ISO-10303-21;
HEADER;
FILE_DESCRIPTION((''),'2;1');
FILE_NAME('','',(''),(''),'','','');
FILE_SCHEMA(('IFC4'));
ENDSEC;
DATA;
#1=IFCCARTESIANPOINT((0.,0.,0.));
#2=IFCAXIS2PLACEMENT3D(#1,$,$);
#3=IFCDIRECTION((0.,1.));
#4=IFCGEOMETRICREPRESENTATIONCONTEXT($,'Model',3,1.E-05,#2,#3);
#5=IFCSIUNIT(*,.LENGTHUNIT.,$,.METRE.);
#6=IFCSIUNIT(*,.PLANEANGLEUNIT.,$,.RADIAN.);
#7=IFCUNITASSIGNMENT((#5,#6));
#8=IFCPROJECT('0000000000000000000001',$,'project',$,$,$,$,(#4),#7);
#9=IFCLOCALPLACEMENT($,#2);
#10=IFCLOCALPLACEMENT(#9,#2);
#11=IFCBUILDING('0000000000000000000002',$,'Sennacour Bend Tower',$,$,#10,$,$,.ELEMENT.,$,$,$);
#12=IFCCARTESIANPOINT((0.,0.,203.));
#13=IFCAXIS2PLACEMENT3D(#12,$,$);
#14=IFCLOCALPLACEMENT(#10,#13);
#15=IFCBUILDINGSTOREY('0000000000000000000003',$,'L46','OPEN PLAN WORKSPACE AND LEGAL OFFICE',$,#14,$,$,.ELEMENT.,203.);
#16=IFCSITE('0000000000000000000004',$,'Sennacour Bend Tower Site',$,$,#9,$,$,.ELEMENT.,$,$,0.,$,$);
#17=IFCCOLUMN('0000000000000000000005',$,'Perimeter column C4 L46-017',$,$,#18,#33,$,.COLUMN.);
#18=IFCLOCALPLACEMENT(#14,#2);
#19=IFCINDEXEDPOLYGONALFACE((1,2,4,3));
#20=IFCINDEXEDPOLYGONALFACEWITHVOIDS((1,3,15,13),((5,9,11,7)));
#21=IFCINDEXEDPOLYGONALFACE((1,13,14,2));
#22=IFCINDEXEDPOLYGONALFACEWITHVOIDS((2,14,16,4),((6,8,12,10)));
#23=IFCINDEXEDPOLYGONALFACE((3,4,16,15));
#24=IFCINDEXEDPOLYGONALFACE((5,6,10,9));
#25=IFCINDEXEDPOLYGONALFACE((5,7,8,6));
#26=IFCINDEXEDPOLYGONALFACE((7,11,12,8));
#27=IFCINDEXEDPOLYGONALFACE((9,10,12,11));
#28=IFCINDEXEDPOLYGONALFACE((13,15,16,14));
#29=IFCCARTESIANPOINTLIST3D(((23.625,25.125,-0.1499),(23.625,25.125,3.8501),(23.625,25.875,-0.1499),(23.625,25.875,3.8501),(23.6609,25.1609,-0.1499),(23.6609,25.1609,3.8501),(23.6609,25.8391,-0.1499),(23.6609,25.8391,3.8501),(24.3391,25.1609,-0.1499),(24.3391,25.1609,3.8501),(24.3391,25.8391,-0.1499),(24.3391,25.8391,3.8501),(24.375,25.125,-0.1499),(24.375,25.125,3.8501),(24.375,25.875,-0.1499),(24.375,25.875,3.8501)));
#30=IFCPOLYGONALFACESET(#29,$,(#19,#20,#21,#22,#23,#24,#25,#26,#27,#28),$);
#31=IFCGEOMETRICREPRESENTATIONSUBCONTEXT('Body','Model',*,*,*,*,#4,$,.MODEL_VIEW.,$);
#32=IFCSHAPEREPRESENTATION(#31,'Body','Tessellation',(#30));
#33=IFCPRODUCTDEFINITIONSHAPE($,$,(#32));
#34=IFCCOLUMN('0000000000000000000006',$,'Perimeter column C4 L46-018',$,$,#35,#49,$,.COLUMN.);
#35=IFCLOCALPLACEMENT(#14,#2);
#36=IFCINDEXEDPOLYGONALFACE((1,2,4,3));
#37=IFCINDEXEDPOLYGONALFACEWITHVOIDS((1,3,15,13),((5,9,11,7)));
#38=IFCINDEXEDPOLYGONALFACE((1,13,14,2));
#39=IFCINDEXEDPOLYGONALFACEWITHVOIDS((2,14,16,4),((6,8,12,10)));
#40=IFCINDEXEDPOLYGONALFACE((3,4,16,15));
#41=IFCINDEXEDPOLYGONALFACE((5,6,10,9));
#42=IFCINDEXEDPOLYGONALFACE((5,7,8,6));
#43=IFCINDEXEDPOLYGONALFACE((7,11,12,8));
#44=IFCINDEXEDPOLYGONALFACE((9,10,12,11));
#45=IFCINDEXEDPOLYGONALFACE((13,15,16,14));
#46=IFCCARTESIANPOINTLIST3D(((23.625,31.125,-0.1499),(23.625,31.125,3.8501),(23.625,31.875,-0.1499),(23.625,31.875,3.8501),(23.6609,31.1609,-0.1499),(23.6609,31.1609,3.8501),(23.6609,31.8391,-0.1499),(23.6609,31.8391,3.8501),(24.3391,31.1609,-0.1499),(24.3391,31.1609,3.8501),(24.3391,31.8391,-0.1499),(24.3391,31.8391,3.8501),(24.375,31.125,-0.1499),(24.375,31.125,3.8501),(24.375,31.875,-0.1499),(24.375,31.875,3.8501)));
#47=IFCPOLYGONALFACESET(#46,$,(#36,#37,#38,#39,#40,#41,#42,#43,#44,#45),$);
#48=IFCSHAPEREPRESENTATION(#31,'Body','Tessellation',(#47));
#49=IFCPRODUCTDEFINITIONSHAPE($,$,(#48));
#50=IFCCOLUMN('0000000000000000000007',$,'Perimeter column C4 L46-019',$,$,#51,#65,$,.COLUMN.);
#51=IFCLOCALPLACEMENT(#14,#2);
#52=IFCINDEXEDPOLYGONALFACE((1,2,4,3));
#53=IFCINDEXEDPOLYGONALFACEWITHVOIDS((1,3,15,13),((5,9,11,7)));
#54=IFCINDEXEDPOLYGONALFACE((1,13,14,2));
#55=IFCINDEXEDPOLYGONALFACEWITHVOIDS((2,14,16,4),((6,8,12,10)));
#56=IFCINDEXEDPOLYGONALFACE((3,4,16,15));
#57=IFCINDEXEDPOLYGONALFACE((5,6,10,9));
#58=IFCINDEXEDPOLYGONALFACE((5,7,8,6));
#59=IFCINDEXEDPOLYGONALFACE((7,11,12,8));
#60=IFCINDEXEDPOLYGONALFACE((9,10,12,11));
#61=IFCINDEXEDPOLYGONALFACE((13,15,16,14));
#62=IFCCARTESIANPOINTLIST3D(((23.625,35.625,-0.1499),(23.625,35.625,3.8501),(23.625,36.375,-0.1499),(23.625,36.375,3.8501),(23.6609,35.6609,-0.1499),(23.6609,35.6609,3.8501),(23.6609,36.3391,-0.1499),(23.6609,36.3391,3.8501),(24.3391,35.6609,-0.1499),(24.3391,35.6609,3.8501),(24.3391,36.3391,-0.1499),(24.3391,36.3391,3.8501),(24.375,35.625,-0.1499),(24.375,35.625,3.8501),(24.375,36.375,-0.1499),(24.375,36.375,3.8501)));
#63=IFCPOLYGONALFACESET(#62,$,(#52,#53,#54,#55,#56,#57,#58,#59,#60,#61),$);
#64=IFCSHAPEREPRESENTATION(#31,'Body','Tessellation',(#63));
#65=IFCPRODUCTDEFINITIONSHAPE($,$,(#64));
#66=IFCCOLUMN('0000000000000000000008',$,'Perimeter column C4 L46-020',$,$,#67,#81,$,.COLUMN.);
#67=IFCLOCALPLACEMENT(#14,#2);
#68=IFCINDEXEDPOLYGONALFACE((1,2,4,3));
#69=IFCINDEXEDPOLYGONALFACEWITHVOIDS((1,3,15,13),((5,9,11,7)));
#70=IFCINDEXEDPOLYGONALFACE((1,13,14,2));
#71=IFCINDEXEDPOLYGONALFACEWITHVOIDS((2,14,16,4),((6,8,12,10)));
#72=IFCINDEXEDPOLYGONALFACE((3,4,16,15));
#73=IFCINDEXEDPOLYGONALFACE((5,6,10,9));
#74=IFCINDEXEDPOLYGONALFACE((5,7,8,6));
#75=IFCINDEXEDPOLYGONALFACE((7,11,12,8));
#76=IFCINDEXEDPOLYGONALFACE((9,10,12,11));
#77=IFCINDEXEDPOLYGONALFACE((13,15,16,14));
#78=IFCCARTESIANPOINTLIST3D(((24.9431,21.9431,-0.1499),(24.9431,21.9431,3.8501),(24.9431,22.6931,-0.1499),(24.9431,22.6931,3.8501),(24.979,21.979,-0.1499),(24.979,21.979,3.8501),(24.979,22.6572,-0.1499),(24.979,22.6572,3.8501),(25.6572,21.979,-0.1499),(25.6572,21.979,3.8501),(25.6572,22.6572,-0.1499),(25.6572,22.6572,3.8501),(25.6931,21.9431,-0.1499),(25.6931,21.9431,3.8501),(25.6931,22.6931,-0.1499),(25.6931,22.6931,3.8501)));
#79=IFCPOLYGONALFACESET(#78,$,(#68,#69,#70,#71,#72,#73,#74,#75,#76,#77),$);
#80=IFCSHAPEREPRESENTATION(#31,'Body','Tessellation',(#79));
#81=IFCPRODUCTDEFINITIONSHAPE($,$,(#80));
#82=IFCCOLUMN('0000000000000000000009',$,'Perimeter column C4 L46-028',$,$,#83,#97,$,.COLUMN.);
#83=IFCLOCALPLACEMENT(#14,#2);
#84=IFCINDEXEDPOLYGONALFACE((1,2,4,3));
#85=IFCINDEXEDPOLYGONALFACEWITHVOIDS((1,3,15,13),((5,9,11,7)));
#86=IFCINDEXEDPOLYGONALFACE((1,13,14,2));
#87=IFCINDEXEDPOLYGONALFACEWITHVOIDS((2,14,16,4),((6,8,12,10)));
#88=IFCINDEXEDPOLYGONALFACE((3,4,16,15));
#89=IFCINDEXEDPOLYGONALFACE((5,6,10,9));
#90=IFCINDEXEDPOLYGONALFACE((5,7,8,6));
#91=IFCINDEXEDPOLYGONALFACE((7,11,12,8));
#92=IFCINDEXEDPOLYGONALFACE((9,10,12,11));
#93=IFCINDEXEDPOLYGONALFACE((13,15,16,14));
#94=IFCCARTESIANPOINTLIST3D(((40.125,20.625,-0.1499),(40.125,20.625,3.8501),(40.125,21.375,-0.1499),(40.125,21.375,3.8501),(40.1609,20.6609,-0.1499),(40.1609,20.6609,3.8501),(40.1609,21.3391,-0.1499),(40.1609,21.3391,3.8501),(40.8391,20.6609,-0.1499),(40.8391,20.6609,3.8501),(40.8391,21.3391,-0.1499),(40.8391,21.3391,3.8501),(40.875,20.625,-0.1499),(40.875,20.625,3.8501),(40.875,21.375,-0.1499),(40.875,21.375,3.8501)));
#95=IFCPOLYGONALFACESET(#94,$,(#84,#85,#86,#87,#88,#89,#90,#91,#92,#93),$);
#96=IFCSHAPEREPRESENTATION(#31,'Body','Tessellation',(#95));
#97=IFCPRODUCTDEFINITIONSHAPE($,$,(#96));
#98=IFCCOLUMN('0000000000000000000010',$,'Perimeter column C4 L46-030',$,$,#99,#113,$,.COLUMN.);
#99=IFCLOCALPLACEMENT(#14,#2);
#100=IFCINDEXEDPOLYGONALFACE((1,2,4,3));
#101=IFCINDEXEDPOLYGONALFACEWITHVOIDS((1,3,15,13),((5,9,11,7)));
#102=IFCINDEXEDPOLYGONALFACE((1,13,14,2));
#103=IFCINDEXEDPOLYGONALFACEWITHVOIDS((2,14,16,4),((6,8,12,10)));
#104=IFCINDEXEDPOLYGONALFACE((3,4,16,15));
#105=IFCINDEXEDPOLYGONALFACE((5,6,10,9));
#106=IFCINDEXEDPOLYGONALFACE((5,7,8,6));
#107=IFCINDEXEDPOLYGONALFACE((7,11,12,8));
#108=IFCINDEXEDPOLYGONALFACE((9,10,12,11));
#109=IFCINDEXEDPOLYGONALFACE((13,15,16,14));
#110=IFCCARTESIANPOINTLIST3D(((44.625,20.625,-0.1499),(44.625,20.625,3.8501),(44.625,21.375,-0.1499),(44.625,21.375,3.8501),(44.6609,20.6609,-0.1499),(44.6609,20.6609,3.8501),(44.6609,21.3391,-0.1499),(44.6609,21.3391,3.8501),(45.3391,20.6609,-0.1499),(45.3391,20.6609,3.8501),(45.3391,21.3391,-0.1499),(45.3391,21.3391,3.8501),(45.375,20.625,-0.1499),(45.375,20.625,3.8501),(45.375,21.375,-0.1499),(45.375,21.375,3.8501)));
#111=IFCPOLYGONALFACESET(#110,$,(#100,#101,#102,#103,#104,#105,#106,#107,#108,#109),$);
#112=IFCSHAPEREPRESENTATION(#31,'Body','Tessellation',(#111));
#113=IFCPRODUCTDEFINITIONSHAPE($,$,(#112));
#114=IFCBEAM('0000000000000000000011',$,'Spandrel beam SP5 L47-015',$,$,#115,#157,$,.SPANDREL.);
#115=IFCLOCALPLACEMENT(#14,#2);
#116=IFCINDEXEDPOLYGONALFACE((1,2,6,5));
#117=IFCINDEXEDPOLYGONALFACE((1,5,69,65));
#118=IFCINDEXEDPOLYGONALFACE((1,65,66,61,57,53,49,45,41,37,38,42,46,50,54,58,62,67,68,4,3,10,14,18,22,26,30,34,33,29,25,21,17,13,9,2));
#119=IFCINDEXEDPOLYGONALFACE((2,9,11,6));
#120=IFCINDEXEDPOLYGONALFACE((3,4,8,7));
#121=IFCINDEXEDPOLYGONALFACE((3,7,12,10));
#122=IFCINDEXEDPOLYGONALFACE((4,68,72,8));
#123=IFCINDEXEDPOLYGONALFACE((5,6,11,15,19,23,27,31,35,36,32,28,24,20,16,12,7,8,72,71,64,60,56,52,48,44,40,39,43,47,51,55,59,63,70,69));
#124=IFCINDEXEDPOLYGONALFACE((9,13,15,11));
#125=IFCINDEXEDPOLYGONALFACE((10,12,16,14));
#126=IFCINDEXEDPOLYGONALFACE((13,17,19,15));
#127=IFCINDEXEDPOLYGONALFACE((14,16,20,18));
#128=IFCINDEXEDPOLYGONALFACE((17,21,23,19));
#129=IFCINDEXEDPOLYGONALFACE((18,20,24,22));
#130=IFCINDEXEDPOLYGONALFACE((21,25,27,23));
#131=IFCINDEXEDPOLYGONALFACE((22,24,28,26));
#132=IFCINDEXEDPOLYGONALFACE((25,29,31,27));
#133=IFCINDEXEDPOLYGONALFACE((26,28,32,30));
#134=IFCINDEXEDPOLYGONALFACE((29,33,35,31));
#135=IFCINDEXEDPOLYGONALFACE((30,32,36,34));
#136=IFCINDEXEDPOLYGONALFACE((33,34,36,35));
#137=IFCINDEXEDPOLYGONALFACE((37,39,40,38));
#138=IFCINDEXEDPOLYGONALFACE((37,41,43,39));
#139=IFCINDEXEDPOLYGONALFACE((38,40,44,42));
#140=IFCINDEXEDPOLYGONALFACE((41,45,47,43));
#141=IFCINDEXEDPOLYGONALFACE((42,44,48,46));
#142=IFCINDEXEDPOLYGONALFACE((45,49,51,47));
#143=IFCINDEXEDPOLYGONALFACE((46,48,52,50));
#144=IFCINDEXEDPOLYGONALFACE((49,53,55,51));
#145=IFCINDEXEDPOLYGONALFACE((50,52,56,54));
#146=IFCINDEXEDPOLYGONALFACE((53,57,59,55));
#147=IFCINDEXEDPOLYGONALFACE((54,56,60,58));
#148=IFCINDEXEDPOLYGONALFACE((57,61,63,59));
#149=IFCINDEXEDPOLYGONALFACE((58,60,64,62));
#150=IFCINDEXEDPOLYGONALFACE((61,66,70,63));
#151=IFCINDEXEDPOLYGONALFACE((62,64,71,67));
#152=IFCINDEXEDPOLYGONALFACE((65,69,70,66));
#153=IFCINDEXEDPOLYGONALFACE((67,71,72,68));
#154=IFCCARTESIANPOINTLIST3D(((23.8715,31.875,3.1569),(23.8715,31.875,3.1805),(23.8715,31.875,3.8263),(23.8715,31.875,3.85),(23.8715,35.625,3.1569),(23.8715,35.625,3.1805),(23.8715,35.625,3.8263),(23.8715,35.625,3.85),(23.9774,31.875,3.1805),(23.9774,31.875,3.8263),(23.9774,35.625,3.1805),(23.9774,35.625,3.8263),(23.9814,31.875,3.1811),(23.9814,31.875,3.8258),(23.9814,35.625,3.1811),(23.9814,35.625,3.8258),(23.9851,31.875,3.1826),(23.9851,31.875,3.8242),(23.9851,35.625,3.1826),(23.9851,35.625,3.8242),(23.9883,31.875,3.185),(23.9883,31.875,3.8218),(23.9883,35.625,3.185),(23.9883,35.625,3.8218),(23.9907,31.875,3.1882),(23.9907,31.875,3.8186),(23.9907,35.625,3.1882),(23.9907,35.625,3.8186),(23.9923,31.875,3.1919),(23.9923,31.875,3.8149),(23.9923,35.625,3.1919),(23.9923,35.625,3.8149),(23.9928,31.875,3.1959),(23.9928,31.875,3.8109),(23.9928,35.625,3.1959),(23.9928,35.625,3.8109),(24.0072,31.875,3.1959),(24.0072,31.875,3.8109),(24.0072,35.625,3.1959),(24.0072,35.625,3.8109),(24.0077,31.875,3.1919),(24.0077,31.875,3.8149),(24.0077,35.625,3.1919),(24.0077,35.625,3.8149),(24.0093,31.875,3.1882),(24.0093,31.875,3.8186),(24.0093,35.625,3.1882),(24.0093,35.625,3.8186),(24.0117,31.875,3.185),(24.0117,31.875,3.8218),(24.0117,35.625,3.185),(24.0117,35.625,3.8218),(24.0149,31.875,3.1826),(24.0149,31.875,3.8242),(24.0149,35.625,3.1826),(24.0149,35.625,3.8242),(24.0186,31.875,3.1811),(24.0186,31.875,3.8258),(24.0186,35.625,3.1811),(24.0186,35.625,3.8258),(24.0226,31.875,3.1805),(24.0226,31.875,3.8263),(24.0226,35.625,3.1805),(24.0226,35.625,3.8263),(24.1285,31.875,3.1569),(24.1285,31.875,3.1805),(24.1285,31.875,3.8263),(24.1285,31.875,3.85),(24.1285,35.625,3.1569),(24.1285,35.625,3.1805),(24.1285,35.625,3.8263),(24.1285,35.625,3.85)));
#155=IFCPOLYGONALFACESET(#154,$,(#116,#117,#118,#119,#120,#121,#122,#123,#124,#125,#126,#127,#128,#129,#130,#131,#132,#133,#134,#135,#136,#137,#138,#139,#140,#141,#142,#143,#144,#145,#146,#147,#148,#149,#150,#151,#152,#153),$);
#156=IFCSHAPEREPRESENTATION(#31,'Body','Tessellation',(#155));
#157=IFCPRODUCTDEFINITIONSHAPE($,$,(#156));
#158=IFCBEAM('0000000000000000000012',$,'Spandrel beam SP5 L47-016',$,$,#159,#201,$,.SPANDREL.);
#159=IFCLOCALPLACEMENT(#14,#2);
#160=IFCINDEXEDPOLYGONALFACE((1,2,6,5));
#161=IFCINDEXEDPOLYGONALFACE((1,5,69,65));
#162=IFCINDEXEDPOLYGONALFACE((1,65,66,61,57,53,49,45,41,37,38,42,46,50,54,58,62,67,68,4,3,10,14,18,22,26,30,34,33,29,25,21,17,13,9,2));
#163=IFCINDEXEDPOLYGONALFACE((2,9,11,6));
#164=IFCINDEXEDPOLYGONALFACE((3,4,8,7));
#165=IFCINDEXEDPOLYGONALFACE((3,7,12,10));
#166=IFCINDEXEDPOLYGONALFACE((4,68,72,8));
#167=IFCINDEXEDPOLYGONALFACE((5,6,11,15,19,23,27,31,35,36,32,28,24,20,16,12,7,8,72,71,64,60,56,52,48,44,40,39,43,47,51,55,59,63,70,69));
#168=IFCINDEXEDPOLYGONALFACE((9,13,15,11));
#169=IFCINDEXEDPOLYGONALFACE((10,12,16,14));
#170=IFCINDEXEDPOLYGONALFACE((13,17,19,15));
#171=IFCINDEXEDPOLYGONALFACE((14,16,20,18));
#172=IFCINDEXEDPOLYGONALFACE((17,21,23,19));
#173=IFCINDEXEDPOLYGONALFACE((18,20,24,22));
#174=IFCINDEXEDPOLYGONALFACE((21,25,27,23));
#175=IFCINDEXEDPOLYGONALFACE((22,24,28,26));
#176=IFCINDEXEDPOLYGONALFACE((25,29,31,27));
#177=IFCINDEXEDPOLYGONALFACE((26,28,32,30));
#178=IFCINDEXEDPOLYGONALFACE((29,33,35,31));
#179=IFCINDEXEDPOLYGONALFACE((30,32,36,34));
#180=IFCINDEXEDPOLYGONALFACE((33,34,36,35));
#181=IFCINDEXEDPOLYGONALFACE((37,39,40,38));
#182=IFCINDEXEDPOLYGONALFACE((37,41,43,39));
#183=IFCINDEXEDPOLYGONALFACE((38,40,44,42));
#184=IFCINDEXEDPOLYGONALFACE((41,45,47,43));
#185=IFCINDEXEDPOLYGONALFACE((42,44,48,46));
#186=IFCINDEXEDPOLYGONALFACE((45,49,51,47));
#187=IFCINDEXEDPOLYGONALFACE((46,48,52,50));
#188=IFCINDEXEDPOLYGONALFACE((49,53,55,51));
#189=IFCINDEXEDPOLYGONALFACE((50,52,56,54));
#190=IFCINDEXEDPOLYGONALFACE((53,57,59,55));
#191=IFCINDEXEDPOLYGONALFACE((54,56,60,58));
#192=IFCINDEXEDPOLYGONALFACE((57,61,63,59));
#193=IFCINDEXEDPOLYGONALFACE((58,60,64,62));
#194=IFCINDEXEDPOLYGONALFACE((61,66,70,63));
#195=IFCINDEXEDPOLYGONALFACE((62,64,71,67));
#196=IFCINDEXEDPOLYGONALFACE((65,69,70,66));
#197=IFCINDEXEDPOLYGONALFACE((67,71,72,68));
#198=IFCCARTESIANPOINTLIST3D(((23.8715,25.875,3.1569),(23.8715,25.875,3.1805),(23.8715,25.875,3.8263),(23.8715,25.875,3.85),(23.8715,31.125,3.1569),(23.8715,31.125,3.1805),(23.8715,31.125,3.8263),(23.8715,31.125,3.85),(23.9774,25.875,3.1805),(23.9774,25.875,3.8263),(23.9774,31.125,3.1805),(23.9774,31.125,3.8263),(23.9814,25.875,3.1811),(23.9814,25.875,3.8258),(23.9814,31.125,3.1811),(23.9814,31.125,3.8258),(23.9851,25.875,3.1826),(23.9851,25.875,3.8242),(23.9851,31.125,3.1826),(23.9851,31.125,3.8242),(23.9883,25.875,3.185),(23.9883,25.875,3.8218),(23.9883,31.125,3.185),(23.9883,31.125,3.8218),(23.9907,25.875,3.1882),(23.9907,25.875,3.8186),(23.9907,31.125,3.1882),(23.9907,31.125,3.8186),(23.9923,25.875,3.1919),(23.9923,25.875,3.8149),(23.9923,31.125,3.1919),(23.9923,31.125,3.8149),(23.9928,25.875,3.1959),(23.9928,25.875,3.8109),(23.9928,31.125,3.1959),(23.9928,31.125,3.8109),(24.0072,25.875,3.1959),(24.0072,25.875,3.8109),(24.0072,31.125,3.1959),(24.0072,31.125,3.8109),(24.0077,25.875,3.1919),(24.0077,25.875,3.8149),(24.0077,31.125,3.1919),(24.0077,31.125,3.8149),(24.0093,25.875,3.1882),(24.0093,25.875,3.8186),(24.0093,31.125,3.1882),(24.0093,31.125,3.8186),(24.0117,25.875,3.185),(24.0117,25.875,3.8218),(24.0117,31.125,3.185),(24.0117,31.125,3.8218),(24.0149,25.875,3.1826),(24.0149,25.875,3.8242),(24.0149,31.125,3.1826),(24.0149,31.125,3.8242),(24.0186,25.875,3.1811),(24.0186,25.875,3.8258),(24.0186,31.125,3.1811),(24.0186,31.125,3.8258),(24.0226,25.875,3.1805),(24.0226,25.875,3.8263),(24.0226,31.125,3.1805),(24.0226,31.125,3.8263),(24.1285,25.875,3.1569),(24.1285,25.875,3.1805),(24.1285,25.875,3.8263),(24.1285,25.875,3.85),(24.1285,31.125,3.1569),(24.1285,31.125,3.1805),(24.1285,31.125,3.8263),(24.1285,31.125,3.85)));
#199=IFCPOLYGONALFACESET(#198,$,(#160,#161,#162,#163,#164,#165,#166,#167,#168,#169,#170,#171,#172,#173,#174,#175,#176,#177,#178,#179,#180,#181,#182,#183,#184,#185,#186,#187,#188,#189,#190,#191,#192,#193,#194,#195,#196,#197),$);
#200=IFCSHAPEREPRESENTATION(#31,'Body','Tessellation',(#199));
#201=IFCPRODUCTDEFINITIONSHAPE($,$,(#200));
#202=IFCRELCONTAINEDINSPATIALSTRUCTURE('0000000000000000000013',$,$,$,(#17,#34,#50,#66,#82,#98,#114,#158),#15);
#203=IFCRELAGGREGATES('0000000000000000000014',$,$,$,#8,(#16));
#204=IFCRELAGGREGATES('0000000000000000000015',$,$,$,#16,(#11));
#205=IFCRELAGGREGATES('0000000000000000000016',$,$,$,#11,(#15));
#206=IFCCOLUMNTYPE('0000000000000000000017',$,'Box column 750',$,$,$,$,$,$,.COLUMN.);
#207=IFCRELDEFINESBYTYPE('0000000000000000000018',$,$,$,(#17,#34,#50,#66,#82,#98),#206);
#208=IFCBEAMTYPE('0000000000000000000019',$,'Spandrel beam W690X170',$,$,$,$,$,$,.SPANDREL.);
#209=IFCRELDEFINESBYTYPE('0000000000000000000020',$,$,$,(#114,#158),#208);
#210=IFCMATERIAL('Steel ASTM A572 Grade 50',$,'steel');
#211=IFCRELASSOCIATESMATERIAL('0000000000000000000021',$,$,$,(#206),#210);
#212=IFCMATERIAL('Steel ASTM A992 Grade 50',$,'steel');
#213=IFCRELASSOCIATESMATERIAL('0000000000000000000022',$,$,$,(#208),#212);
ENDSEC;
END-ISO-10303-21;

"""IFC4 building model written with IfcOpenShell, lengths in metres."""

from ifc_helpers import new_model, si_unit, direction, frame, origin, origin_2d, place, context, subcontext, project, spatial, hollow_rectangle, i_section, extrude, material, material_profile, profile_set, type_object, element, save


model = new_model("IFC4")

# Units and contexts
model_context = context("Model", 3, precision=1e-05, world=origin(), true_north=direction((0.0, 1.0)))
body_context = subcontext(model_context, "Body", "Model", "MODEL_VIEW")
ifc_project = project(units=[si_unit("LENGTHUNIT", "METRE"), si_unit("PLANEANGLEUNIT", "RADIAN")], contexts=[model_context])

# Site, building, storey
site_placement = place(None, origin())
site = spatial("IfcSite", under=ifc_project, at=site_placement, Name="Sennacour Bend Tower Site", CompositionType="ELEMENT", RefElevation=0.0)
building_placement = place(site_placement, origin())
building = spatial("IfcBuilding", under=site, at=building_placement, Name="Sennacour Bend Tower", CompositionType="ELEMENT")
storey_placement = place(building_placement, frame((0.0, 0.0, 203.0)))
storey = spatial("IfcBuildingStorey", under=building, at=storey_placement, Name="L46", Description="OPEN PLAN WORKSPACE AND LEGAL OFFICE", CompositionType="ELEMENT", Elevation=203.0)

# Columns
ifc_material_1 = material(Name="Steel ASTM A572 Grade 50", Category="steel")
ifc_material_profile_1 = material_profile(ifc_material_1, hollow_rectangle(XDim=0.75, YDim=0.75, WallThickness=0.0359, at=origin_2d()), Name="Steel ASTM A572 Grade 50", Category="steel")
ifc_profile_set_1 = profile_set([ifc_material_profile_1], Name="Steel ASTM A572 Grade 50")
column_type = type_object("IfcColumnType", Name="Box column 750", PredefinedType="COLUMN", material=ifc_profile_set_1)
for number, where, z_axis, x_axis, name in (
    (1, (24.0, 25.5, -0.1499), (0.0, 0.0, 1.0), (1.0, 0.0, 0.0), "Perimeter column C4 L46-017"),
    (2, (24.0, 31.5, -0.1499), (0.0, 0.0, 1.0), (1.0, 0.0, 0.0), "Perimeter column C4 L46-018"),
    (3, (24.0, 36.0, -0.1499), (0.0, 0.0, 1.0), (1.0, 0.0, 0.0), "Perimeter column C4 L46-019"),
    (4, (25.3181, 22.3181, -0.1499), (0.0, 0.0, 1.0), (1.0, 0.0, 0.0), "Perimeter column C4 L46-020"),
    (5, (40.5, 21.0, -0.1499), (0.0, 0.0, 1.0), (1.0, 0.0, 0.0), "Perimeter column C4 L46-028"),
    (6, (45.0, 21.0, -0.1499), (0.0, 0.0, 1.0), (1.0, 0.0, 0.0), "Perimeter column C4 L46-030"),
):
    element("IfcColumn", number, at=place(storey_placement, frame(where, z_axis=z_axis, x_axis=x_axis)), inside=storey, type_object=column_type, Name=name, PredefinedType="COLUMN", context=body_context, shape_type="SweptSolid", body=[
        extrude(hollow_rectangle(XDim=0.75, YDim=0.75, WallThickness=0.0359, at=origin_2d()), origin(), (0.0, 0.0, 1.0), 4.0),
    ])

# Beams
ifc_material_2 = material(Name="Steel ASTM A992 Grade 50", Category="steel")
ifc_material_profile_2 = material_profile(ifc_material_2, i_section(OverallWidth=0.2571, OverallDepth=0.6931, WebThickness=0.0144, FlangeThickness=0.0237, FilletRadius=0.0154, at=origin_2d()), Name="Steel ASTM A992 Grade 50", Category="steel")
ifc_profile_set_2 = profile_set([ifc_material_profile_2], Name="Steel ASTM A992 Grade 50")
beam_type = type_object("IfcBeamType", Name="Spandrel beam W690X170", PredefinedType="SPANDREL", material=ifc_profile_set_2)
beam_1_placement = place(storey_placement, frame((24.0, 35.625, 3.5034), z_axis=(0.0, -1.0, 0.0), x_axis=(1.0, 0.0, 0.0)))
element("IfcBeam", 7, at=beam_1_placement, inside=storey, type_object=beam_type, Name="Spandrel beam SP5 L47-015", PredefinedType="SPANDREL", context=body_context, shape_type="SweptSolid", body=[
    extrude(i_section(OverallWidth=0.2571, OverallDepth=0.6931, WebThickness=0.0144, FlangeThickness=0.0237, FilletRadius=0.0154, at=origin_2d()), origin(), (0.0, 0.0, 1.0), 3.75),
])
beam_2_placement = place(storey_placement, frame((24.0, 31.125, 3.5034), z_axis=(0.0, -1.0, 0.0), x_axis=(1.0, 0.0, 0.0)))
element("IfcBeam", 8, at=beam_2_placement, inside=storey, type_object=beam_type, Name="Spandrel beam SP5 L47-016", PredefinedType="SPANDREL", context=body_context, shape_type="SweptSolid", body=[
    extrude(i_section(OverallWidth=0.2571, OverallDepth=0.6931, WebThickness=0.0144, FlangeThickness=0.0237, FilletRadius=0.0154, at=origin_2d()), origin(), (0.0, 0.0, 1.0), 5.25),
])

save(model, "model.ifc")
